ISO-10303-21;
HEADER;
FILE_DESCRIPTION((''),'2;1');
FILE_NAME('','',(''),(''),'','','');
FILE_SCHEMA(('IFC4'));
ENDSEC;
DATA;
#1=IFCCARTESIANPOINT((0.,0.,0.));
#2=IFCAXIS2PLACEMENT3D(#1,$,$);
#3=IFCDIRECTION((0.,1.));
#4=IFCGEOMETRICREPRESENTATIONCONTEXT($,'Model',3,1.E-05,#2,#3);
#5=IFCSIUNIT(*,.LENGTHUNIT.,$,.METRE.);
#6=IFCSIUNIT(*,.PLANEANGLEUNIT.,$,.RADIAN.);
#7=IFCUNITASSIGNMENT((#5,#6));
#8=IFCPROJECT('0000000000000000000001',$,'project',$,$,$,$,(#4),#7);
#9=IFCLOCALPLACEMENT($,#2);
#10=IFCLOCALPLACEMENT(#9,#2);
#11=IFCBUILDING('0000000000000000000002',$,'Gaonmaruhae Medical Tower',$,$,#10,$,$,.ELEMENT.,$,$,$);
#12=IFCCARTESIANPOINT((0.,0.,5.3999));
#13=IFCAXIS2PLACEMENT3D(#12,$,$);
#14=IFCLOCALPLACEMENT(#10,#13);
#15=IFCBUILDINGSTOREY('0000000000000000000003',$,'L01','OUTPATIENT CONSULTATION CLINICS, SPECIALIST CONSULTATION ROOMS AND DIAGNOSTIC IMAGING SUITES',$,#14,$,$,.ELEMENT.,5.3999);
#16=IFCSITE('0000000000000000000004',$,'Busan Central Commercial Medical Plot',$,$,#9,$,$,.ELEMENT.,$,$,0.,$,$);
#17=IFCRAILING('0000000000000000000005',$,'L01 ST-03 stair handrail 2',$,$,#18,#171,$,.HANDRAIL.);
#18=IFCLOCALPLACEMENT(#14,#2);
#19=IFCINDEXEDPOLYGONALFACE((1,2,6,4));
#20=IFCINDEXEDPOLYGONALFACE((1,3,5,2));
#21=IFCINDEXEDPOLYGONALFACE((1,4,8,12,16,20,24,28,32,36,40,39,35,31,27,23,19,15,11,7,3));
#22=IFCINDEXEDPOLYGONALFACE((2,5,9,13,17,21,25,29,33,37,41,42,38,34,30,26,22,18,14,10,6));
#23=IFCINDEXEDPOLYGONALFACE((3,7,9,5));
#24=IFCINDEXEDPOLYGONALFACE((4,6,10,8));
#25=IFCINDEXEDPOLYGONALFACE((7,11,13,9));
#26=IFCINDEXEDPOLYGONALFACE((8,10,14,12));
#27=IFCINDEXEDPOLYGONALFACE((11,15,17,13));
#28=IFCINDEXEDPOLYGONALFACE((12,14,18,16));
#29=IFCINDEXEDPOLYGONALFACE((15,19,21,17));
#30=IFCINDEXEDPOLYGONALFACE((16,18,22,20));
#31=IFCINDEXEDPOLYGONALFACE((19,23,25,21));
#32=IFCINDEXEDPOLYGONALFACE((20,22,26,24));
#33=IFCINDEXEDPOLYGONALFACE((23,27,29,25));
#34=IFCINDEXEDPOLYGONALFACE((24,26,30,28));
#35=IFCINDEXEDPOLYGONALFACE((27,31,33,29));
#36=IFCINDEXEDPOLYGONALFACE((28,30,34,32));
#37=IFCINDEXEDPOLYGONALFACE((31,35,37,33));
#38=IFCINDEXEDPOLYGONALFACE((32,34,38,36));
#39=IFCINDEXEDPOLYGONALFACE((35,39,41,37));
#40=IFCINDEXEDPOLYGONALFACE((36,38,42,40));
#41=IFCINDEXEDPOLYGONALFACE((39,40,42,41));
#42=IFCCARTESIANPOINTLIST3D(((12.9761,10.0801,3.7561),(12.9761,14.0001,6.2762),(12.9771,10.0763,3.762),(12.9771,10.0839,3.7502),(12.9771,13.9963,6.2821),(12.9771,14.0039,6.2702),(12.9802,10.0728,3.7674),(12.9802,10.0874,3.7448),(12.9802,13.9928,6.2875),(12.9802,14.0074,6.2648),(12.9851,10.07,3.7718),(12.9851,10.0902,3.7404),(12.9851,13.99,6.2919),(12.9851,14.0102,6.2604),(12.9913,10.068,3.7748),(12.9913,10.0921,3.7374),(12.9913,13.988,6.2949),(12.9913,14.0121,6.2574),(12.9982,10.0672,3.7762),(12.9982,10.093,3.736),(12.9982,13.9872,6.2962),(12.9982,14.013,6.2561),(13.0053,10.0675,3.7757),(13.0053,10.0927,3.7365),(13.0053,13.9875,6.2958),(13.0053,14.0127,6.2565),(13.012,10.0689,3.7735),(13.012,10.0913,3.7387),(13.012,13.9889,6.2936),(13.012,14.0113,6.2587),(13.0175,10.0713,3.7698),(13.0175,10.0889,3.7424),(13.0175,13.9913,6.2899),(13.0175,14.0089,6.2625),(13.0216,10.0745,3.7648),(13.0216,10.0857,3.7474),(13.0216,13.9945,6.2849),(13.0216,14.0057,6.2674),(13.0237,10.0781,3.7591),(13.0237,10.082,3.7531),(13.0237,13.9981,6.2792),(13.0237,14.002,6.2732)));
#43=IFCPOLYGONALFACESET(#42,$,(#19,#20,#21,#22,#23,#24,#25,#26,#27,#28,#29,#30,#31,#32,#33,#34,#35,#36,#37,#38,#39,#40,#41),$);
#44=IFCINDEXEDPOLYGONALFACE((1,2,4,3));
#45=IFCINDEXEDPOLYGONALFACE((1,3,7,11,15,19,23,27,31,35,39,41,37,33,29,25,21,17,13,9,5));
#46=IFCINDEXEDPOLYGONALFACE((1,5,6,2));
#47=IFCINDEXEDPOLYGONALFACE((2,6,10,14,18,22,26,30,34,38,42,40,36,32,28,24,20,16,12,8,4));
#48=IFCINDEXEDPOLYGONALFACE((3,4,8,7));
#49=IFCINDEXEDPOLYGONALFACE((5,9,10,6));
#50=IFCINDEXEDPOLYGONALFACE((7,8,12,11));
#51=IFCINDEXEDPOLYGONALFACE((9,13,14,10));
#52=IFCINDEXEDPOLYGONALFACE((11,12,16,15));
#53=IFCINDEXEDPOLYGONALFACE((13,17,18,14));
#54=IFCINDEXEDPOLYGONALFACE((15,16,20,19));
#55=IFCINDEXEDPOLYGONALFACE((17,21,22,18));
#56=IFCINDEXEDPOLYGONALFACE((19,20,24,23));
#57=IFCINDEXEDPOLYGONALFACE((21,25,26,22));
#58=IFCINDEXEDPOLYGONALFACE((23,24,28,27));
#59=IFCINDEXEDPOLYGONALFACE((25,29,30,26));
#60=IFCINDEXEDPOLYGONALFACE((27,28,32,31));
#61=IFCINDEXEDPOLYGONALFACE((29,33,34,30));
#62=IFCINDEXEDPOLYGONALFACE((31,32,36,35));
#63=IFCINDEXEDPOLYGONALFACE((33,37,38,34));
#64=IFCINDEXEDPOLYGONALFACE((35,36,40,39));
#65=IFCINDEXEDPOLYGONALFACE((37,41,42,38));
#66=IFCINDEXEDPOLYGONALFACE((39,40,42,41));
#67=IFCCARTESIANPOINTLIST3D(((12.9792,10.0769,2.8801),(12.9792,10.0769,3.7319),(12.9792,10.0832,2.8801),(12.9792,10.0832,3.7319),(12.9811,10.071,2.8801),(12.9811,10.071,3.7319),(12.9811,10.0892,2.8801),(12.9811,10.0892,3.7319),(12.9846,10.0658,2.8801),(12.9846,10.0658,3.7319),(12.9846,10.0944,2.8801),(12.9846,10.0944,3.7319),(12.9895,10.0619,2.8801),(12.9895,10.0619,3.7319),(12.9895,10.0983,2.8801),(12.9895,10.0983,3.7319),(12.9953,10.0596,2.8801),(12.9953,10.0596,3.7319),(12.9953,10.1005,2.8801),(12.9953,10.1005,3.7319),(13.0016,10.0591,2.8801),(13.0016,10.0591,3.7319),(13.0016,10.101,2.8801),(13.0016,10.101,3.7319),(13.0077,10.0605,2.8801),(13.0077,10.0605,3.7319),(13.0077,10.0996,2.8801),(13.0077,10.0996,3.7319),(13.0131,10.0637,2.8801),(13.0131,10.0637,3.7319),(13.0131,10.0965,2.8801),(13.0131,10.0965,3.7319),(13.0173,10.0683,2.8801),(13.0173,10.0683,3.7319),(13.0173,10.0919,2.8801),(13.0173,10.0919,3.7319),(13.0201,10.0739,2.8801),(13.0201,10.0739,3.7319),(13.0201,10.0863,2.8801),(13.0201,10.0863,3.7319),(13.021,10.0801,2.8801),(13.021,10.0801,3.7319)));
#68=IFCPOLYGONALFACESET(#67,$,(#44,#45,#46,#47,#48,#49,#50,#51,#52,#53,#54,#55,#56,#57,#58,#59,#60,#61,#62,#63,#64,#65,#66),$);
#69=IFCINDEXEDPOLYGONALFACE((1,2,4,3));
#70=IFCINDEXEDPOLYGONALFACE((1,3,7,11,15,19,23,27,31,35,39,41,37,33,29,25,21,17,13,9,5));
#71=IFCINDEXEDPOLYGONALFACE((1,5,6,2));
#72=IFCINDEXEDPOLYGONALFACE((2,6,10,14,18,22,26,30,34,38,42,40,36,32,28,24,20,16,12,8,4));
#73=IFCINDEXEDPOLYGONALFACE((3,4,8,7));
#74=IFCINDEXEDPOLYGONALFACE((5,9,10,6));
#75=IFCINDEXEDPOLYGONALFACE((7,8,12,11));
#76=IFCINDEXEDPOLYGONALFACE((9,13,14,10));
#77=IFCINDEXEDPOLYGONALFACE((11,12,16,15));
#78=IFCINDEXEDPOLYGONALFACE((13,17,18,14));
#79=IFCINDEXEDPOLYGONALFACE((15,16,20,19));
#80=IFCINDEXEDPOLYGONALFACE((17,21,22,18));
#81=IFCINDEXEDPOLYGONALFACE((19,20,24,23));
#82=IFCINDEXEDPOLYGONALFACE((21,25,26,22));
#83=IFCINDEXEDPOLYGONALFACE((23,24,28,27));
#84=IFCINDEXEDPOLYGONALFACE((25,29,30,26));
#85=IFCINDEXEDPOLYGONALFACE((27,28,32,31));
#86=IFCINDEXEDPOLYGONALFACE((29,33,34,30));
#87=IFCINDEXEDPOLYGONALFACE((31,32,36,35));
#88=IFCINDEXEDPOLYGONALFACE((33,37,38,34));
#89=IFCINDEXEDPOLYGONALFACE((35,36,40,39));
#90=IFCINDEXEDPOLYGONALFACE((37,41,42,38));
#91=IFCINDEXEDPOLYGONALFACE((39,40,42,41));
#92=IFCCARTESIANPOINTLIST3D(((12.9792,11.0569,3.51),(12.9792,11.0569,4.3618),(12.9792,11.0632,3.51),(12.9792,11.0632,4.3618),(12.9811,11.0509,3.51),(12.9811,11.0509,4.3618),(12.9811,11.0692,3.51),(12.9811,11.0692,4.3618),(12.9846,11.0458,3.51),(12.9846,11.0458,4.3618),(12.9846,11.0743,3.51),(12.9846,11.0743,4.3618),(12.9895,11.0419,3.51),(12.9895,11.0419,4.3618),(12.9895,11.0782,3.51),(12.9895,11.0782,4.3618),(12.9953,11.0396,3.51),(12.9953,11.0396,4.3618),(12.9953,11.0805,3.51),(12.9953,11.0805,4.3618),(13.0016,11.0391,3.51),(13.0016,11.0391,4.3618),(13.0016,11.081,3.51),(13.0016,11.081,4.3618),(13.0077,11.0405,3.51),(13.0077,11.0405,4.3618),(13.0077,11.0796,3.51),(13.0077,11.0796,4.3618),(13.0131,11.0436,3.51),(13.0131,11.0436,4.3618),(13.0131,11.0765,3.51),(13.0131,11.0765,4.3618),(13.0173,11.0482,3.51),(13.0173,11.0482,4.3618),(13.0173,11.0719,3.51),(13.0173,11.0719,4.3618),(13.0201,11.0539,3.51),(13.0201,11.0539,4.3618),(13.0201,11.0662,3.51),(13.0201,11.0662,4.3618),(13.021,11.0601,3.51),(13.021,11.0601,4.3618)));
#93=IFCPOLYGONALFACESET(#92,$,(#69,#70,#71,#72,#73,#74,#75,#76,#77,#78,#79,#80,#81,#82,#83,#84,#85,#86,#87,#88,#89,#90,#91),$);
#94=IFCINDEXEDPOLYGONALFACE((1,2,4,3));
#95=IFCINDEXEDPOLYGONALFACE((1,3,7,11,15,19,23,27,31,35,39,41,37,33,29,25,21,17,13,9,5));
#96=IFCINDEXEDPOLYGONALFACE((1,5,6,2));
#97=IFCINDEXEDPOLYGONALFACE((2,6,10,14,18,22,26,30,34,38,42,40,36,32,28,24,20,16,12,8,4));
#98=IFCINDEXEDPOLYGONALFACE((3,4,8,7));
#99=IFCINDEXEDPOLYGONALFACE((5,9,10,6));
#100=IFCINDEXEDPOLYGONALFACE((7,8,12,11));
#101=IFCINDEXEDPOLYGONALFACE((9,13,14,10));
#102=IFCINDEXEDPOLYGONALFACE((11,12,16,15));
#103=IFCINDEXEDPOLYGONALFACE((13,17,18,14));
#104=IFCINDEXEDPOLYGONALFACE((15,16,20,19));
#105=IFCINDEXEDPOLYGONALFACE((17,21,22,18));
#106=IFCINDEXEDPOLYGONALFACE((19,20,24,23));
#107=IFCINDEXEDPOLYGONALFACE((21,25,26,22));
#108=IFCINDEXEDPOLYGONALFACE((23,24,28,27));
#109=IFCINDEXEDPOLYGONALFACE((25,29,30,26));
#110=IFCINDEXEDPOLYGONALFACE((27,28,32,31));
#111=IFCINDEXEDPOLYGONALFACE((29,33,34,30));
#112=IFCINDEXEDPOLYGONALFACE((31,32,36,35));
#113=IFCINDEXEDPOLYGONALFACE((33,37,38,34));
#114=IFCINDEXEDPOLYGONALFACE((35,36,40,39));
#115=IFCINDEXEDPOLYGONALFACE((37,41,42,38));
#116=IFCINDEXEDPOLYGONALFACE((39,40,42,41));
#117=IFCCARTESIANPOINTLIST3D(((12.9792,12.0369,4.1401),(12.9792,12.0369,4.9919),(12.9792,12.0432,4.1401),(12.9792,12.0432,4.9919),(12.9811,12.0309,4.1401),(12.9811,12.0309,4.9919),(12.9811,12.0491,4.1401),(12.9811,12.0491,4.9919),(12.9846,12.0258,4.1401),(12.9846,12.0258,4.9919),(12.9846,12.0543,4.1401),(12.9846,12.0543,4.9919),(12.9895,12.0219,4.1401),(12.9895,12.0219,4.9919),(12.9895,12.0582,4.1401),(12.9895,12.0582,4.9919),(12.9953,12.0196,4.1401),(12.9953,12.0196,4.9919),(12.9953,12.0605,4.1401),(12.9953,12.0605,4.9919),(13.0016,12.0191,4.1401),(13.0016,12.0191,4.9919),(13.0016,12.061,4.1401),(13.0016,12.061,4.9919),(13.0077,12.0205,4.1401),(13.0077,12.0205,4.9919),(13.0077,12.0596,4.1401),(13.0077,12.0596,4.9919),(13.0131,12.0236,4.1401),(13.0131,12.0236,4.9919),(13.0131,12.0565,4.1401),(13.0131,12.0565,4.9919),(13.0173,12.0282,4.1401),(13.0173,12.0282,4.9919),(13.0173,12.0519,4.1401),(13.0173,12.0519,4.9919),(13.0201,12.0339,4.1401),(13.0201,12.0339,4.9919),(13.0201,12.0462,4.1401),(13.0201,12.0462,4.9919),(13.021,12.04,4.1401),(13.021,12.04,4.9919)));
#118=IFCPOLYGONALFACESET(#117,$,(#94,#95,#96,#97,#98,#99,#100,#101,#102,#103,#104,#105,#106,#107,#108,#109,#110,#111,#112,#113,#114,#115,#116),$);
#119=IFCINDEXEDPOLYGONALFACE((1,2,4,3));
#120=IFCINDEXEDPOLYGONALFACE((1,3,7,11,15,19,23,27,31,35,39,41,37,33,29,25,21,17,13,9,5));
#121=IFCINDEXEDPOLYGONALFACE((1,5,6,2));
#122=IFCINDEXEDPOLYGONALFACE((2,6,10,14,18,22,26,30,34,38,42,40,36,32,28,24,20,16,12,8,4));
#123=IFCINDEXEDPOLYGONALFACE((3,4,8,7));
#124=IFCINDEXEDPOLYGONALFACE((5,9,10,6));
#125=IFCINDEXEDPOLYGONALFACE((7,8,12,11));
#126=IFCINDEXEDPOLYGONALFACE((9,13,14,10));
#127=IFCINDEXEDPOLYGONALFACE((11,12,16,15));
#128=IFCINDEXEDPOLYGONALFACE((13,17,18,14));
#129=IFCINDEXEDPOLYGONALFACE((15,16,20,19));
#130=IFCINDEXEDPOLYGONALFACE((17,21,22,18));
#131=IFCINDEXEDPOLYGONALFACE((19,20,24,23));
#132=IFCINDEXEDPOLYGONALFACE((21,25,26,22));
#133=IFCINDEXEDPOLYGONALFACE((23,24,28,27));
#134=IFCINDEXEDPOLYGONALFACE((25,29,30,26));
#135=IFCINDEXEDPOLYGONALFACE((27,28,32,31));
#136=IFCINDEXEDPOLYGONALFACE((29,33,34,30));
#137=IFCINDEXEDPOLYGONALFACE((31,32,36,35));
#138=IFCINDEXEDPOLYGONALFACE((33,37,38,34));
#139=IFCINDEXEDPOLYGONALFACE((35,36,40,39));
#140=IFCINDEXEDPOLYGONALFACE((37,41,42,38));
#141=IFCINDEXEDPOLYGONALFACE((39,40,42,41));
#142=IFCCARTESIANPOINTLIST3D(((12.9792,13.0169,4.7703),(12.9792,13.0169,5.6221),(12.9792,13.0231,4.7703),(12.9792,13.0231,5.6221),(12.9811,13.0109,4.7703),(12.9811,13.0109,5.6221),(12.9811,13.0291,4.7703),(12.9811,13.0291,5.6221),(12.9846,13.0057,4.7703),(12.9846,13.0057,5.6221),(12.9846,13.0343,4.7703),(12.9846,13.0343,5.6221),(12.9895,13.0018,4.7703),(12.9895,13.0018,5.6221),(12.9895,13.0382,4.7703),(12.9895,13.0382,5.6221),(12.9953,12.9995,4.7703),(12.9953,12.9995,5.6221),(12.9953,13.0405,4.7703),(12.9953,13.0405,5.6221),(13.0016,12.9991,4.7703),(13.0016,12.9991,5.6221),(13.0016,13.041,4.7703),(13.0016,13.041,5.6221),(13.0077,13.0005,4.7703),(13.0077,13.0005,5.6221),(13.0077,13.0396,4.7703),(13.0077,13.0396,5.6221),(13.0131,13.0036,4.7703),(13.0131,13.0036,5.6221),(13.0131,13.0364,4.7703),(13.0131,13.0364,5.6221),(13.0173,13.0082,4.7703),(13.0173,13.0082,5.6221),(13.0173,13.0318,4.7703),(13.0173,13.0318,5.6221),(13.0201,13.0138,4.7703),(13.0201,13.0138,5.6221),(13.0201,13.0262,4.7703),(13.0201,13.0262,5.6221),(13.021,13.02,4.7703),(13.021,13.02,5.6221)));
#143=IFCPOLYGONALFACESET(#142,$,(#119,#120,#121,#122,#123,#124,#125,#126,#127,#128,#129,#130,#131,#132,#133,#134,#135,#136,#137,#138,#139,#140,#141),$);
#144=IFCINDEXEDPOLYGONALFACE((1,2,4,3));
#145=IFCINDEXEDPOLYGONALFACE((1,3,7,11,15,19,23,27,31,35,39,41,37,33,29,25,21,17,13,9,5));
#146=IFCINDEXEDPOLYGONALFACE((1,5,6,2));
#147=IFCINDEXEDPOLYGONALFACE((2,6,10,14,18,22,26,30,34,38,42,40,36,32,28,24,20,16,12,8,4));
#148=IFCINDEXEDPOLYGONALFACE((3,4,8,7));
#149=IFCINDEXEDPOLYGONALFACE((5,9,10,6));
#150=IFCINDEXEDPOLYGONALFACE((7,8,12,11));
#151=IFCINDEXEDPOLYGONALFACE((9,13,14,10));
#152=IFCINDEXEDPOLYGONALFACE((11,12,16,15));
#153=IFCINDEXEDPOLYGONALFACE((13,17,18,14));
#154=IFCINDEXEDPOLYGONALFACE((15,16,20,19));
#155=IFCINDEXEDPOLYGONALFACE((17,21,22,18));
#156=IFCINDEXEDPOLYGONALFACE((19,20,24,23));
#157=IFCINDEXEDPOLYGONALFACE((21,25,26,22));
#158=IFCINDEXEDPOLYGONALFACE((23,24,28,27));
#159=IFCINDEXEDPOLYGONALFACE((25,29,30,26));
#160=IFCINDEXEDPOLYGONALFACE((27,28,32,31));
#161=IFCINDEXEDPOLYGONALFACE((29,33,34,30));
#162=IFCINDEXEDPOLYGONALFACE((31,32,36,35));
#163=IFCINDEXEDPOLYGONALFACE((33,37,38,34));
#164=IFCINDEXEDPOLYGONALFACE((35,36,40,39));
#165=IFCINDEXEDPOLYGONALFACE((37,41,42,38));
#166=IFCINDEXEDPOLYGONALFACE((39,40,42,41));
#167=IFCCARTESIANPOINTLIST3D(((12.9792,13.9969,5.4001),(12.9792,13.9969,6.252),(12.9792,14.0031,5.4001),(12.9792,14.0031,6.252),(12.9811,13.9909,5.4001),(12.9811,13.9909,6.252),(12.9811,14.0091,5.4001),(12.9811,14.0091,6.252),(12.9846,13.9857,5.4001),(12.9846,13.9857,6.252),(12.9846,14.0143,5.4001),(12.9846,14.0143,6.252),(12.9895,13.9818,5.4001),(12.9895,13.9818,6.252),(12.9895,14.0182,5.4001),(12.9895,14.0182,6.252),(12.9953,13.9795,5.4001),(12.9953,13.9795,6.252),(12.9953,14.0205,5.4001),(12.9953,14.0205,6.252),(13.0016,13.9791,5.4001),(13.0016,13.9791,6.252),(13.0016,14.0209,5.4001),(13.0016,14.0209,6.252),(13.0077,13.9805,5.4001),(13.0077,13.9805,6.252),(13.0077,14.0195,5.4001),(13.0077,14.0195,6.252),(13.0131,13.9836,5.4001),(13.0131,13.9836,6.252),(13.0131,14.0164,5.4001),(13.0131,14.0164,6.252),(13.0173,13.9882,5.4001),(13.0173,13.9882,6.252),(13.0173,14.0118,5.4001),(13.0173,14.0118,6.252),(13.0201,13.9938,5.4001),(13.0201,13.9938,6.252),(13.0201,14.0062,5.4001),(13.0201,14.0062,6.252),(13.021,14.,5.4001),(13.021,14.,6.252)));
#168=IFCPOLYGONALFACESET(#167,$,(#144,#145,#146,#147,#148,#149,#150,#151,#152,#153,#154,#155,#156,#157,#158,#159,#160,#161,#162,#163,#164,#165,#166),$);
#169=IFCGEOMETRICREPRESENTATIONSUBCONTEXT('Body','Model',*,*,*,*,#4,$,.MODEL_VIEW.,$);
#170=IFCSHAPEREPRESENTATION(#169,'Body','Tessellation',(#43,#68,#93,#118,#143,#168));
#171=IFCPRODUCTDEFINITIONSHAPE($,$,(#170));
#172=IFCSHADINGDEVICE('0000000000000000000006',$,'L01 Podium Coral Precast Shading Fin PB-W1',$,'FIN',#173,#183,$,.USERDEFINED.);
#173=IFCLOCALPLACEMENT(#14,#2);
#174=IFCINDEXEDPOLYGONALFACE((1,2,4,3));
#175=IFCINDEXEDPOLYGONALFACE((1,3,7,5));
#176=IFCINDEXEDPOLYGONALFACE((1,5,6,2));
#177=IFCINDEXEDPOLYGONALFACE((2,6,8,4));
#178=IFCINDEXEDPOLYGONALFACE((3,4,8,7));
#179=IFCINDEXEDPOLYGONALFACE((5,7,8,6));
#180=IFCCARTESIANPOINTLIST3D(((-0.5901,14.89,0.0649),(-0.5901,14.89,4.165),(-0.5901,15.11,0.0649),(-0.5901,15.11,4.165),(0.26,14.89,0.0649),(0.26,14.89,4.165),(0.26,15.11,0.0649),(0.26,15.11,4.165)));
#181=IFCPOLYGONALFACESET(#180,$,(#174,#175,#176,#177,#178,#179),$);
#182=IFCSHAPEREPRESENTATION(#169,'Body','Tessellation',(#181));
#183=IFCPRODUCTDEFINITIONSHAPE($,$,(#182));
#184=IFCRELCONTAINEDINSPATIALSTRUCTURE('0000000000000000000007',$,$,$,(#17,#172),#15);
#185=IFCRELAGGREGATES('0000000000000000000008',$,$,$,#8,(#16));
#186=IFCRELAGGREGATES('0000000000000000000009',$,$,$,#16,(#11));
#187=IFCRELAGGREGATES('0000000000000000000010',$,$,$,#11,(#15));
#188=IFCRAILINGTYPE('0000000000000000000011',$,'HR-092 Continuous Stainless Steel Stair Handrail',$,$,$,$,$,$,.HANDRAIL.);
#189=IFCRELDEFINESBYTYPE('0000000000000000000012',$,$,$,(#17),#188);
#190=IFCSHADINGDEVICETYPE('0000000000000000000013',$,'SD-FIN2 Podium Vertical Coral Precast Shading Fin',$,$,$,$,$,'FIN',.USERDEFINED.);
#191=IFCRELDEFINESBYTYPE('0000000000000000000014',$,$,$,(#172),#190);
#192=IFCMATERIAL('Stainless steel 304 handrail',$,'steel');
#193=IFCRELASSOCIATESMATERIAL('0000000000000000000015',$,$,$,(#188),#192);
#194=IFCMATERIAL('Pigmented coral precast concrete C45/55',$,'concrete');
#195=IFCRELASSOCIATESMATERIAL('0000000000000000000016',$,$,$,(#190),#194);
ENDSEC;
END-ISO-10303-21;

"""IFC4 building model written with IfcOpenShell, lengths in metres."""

from ifc_helpers import new_model, si_unit, direction, frame, origin, origin_2d, place, context, subcontext, project, spatial, rectangle, circle, extrude, material, type_object, element, save


model = new_model("IFC4")

# Units and contexts
model_context = context("Model", 3, precision=1e-05, world=origin(), true_north=direction((0.0, 1.0)))
body_context = subcontext(model_context, "Body", "Model", "MODEL_VIEW")
ifc_project = project(units=[si_unit("LENGTHUNIT", "METRE"), si_unit("PLANEANGLEUNIT", "RADIAN")], contexts=[model_context])

# Site, building, storey
site_placement = place(None, origin())
site = spatial("IfcSite", under=ifc_project, at=site_placement, Name="Busan Central Commercial Medical Plot", CompositionType="ELEMENT", RefElevation=0.0)
building_placement = place(site_placement, origin())
building = spatial("IfcBuilding", under=site, at=building_placement, Name="Gaonmaruhae Medical Tower", CompositionType="ELEMENT")
storey_placement = place(building_placement, frame((0.0, 0.0, 5.3999)))
storey = spatial("IfcBuildingStorey", under=building, at=storey_placement, Name="L01", Description="OUTPATIENT CONSULTATION CLINICS, SPECIALIST CONSULTATION ROOMS AND DIAGNOSTIC IMAGING SUITES", CompositionType="ELEMENT", Elevation=5.3999)

# Railing
ifc_material_1 = material(Name="Stainless steel 304 handrail", Category="steel")
railing_type_1 = type_object("IfcRailingType", Name="HR-092 Continuous Stainless Steel Stair Handrail", PredefinedType="HANDRAIL", material=ifc_material_1)
railing_1_placement = place(storey_placement, frame((13.0, 10.0801, 2.8801)))
element("IfcRailing", 1, at=railing_1_placement, inside=storey, type_object=railing_type_1, Name="L01 ST-03 stair handrail 2", PredefinedType="HANDRAIL", context=body_context, shape_type="SweptSolid", body=[
    extrude(circle(Radius=0.0239, at=origin_2d()), frame((0.0, 0.0, 0.876), z_axis=(0.0, 0.841172, 0.540768), x_axis=(-1.0, 0.0, 0.0)), (0.0, 0.0, 1.0), 4.6602),
    extrude(circle(Radius=0.021, at=origin_2d()), origin(), (0.0, 0.0, 1.0), 0.8518),
    extrude(circle(Radius=0.021, at=origin_2d()), frame((0.0, 0.98, 0.6299)), (0.0, 0.0, 1.0), 0.8518),
    extrude(circle(Radius=0.021, at=origin_2d()), frame((0.0, 1.96, 1.26)), (0.0, 0.0, 1.0), 0.8518),
    extrude(circle(Radius=0.021, at=origin_2d()), frame((0.0, 2.9399, 1.8901)), (0.0, 0.0, 1.0), 0.8518),
    extrude(circle(Radius=0.021, at=origin_2d()), frame((0.0, 3.9199, 2.52)), (0.0, 0.0, 1.0), 0.8518),
])

# Shading device
ifc_material_2 = material(Name="Pigmented coral precast concrete C45/55", Category="concrete")
shading_device_type = type_object("IfcShadingDeviceType", Name="SD-FIN2 Podium Vertical Coral Precast Shading Fin", ElementType="FIN", PredefinedType="USERDEFINED", material=ifc_material_2)
shading_device_placement = place(storey_placement, frame((-0.165, 15.0, 0.0649), z_axis=(0.0, 0.0, 1.0), x_axis=(0.0, 1.0, 0.0)))
element("IfcShadingDevice", 2, at=shading_device_placement, inside=storey, type_object=shading_device_type, Name="L01 Podium Coral Precast Shading Fin PB-W1", ObjectType="FIN", PredefinedType="USERDEFINED", context=body_context, shape_type="SweptSolid", body=[
    extrude(rectangle(XDim=0.22, YDim=0.8501, at=origin_2d()), origin(), (0.0, 0.0, 1.0), 4.1001),
])

save(model, "model.ifc")
